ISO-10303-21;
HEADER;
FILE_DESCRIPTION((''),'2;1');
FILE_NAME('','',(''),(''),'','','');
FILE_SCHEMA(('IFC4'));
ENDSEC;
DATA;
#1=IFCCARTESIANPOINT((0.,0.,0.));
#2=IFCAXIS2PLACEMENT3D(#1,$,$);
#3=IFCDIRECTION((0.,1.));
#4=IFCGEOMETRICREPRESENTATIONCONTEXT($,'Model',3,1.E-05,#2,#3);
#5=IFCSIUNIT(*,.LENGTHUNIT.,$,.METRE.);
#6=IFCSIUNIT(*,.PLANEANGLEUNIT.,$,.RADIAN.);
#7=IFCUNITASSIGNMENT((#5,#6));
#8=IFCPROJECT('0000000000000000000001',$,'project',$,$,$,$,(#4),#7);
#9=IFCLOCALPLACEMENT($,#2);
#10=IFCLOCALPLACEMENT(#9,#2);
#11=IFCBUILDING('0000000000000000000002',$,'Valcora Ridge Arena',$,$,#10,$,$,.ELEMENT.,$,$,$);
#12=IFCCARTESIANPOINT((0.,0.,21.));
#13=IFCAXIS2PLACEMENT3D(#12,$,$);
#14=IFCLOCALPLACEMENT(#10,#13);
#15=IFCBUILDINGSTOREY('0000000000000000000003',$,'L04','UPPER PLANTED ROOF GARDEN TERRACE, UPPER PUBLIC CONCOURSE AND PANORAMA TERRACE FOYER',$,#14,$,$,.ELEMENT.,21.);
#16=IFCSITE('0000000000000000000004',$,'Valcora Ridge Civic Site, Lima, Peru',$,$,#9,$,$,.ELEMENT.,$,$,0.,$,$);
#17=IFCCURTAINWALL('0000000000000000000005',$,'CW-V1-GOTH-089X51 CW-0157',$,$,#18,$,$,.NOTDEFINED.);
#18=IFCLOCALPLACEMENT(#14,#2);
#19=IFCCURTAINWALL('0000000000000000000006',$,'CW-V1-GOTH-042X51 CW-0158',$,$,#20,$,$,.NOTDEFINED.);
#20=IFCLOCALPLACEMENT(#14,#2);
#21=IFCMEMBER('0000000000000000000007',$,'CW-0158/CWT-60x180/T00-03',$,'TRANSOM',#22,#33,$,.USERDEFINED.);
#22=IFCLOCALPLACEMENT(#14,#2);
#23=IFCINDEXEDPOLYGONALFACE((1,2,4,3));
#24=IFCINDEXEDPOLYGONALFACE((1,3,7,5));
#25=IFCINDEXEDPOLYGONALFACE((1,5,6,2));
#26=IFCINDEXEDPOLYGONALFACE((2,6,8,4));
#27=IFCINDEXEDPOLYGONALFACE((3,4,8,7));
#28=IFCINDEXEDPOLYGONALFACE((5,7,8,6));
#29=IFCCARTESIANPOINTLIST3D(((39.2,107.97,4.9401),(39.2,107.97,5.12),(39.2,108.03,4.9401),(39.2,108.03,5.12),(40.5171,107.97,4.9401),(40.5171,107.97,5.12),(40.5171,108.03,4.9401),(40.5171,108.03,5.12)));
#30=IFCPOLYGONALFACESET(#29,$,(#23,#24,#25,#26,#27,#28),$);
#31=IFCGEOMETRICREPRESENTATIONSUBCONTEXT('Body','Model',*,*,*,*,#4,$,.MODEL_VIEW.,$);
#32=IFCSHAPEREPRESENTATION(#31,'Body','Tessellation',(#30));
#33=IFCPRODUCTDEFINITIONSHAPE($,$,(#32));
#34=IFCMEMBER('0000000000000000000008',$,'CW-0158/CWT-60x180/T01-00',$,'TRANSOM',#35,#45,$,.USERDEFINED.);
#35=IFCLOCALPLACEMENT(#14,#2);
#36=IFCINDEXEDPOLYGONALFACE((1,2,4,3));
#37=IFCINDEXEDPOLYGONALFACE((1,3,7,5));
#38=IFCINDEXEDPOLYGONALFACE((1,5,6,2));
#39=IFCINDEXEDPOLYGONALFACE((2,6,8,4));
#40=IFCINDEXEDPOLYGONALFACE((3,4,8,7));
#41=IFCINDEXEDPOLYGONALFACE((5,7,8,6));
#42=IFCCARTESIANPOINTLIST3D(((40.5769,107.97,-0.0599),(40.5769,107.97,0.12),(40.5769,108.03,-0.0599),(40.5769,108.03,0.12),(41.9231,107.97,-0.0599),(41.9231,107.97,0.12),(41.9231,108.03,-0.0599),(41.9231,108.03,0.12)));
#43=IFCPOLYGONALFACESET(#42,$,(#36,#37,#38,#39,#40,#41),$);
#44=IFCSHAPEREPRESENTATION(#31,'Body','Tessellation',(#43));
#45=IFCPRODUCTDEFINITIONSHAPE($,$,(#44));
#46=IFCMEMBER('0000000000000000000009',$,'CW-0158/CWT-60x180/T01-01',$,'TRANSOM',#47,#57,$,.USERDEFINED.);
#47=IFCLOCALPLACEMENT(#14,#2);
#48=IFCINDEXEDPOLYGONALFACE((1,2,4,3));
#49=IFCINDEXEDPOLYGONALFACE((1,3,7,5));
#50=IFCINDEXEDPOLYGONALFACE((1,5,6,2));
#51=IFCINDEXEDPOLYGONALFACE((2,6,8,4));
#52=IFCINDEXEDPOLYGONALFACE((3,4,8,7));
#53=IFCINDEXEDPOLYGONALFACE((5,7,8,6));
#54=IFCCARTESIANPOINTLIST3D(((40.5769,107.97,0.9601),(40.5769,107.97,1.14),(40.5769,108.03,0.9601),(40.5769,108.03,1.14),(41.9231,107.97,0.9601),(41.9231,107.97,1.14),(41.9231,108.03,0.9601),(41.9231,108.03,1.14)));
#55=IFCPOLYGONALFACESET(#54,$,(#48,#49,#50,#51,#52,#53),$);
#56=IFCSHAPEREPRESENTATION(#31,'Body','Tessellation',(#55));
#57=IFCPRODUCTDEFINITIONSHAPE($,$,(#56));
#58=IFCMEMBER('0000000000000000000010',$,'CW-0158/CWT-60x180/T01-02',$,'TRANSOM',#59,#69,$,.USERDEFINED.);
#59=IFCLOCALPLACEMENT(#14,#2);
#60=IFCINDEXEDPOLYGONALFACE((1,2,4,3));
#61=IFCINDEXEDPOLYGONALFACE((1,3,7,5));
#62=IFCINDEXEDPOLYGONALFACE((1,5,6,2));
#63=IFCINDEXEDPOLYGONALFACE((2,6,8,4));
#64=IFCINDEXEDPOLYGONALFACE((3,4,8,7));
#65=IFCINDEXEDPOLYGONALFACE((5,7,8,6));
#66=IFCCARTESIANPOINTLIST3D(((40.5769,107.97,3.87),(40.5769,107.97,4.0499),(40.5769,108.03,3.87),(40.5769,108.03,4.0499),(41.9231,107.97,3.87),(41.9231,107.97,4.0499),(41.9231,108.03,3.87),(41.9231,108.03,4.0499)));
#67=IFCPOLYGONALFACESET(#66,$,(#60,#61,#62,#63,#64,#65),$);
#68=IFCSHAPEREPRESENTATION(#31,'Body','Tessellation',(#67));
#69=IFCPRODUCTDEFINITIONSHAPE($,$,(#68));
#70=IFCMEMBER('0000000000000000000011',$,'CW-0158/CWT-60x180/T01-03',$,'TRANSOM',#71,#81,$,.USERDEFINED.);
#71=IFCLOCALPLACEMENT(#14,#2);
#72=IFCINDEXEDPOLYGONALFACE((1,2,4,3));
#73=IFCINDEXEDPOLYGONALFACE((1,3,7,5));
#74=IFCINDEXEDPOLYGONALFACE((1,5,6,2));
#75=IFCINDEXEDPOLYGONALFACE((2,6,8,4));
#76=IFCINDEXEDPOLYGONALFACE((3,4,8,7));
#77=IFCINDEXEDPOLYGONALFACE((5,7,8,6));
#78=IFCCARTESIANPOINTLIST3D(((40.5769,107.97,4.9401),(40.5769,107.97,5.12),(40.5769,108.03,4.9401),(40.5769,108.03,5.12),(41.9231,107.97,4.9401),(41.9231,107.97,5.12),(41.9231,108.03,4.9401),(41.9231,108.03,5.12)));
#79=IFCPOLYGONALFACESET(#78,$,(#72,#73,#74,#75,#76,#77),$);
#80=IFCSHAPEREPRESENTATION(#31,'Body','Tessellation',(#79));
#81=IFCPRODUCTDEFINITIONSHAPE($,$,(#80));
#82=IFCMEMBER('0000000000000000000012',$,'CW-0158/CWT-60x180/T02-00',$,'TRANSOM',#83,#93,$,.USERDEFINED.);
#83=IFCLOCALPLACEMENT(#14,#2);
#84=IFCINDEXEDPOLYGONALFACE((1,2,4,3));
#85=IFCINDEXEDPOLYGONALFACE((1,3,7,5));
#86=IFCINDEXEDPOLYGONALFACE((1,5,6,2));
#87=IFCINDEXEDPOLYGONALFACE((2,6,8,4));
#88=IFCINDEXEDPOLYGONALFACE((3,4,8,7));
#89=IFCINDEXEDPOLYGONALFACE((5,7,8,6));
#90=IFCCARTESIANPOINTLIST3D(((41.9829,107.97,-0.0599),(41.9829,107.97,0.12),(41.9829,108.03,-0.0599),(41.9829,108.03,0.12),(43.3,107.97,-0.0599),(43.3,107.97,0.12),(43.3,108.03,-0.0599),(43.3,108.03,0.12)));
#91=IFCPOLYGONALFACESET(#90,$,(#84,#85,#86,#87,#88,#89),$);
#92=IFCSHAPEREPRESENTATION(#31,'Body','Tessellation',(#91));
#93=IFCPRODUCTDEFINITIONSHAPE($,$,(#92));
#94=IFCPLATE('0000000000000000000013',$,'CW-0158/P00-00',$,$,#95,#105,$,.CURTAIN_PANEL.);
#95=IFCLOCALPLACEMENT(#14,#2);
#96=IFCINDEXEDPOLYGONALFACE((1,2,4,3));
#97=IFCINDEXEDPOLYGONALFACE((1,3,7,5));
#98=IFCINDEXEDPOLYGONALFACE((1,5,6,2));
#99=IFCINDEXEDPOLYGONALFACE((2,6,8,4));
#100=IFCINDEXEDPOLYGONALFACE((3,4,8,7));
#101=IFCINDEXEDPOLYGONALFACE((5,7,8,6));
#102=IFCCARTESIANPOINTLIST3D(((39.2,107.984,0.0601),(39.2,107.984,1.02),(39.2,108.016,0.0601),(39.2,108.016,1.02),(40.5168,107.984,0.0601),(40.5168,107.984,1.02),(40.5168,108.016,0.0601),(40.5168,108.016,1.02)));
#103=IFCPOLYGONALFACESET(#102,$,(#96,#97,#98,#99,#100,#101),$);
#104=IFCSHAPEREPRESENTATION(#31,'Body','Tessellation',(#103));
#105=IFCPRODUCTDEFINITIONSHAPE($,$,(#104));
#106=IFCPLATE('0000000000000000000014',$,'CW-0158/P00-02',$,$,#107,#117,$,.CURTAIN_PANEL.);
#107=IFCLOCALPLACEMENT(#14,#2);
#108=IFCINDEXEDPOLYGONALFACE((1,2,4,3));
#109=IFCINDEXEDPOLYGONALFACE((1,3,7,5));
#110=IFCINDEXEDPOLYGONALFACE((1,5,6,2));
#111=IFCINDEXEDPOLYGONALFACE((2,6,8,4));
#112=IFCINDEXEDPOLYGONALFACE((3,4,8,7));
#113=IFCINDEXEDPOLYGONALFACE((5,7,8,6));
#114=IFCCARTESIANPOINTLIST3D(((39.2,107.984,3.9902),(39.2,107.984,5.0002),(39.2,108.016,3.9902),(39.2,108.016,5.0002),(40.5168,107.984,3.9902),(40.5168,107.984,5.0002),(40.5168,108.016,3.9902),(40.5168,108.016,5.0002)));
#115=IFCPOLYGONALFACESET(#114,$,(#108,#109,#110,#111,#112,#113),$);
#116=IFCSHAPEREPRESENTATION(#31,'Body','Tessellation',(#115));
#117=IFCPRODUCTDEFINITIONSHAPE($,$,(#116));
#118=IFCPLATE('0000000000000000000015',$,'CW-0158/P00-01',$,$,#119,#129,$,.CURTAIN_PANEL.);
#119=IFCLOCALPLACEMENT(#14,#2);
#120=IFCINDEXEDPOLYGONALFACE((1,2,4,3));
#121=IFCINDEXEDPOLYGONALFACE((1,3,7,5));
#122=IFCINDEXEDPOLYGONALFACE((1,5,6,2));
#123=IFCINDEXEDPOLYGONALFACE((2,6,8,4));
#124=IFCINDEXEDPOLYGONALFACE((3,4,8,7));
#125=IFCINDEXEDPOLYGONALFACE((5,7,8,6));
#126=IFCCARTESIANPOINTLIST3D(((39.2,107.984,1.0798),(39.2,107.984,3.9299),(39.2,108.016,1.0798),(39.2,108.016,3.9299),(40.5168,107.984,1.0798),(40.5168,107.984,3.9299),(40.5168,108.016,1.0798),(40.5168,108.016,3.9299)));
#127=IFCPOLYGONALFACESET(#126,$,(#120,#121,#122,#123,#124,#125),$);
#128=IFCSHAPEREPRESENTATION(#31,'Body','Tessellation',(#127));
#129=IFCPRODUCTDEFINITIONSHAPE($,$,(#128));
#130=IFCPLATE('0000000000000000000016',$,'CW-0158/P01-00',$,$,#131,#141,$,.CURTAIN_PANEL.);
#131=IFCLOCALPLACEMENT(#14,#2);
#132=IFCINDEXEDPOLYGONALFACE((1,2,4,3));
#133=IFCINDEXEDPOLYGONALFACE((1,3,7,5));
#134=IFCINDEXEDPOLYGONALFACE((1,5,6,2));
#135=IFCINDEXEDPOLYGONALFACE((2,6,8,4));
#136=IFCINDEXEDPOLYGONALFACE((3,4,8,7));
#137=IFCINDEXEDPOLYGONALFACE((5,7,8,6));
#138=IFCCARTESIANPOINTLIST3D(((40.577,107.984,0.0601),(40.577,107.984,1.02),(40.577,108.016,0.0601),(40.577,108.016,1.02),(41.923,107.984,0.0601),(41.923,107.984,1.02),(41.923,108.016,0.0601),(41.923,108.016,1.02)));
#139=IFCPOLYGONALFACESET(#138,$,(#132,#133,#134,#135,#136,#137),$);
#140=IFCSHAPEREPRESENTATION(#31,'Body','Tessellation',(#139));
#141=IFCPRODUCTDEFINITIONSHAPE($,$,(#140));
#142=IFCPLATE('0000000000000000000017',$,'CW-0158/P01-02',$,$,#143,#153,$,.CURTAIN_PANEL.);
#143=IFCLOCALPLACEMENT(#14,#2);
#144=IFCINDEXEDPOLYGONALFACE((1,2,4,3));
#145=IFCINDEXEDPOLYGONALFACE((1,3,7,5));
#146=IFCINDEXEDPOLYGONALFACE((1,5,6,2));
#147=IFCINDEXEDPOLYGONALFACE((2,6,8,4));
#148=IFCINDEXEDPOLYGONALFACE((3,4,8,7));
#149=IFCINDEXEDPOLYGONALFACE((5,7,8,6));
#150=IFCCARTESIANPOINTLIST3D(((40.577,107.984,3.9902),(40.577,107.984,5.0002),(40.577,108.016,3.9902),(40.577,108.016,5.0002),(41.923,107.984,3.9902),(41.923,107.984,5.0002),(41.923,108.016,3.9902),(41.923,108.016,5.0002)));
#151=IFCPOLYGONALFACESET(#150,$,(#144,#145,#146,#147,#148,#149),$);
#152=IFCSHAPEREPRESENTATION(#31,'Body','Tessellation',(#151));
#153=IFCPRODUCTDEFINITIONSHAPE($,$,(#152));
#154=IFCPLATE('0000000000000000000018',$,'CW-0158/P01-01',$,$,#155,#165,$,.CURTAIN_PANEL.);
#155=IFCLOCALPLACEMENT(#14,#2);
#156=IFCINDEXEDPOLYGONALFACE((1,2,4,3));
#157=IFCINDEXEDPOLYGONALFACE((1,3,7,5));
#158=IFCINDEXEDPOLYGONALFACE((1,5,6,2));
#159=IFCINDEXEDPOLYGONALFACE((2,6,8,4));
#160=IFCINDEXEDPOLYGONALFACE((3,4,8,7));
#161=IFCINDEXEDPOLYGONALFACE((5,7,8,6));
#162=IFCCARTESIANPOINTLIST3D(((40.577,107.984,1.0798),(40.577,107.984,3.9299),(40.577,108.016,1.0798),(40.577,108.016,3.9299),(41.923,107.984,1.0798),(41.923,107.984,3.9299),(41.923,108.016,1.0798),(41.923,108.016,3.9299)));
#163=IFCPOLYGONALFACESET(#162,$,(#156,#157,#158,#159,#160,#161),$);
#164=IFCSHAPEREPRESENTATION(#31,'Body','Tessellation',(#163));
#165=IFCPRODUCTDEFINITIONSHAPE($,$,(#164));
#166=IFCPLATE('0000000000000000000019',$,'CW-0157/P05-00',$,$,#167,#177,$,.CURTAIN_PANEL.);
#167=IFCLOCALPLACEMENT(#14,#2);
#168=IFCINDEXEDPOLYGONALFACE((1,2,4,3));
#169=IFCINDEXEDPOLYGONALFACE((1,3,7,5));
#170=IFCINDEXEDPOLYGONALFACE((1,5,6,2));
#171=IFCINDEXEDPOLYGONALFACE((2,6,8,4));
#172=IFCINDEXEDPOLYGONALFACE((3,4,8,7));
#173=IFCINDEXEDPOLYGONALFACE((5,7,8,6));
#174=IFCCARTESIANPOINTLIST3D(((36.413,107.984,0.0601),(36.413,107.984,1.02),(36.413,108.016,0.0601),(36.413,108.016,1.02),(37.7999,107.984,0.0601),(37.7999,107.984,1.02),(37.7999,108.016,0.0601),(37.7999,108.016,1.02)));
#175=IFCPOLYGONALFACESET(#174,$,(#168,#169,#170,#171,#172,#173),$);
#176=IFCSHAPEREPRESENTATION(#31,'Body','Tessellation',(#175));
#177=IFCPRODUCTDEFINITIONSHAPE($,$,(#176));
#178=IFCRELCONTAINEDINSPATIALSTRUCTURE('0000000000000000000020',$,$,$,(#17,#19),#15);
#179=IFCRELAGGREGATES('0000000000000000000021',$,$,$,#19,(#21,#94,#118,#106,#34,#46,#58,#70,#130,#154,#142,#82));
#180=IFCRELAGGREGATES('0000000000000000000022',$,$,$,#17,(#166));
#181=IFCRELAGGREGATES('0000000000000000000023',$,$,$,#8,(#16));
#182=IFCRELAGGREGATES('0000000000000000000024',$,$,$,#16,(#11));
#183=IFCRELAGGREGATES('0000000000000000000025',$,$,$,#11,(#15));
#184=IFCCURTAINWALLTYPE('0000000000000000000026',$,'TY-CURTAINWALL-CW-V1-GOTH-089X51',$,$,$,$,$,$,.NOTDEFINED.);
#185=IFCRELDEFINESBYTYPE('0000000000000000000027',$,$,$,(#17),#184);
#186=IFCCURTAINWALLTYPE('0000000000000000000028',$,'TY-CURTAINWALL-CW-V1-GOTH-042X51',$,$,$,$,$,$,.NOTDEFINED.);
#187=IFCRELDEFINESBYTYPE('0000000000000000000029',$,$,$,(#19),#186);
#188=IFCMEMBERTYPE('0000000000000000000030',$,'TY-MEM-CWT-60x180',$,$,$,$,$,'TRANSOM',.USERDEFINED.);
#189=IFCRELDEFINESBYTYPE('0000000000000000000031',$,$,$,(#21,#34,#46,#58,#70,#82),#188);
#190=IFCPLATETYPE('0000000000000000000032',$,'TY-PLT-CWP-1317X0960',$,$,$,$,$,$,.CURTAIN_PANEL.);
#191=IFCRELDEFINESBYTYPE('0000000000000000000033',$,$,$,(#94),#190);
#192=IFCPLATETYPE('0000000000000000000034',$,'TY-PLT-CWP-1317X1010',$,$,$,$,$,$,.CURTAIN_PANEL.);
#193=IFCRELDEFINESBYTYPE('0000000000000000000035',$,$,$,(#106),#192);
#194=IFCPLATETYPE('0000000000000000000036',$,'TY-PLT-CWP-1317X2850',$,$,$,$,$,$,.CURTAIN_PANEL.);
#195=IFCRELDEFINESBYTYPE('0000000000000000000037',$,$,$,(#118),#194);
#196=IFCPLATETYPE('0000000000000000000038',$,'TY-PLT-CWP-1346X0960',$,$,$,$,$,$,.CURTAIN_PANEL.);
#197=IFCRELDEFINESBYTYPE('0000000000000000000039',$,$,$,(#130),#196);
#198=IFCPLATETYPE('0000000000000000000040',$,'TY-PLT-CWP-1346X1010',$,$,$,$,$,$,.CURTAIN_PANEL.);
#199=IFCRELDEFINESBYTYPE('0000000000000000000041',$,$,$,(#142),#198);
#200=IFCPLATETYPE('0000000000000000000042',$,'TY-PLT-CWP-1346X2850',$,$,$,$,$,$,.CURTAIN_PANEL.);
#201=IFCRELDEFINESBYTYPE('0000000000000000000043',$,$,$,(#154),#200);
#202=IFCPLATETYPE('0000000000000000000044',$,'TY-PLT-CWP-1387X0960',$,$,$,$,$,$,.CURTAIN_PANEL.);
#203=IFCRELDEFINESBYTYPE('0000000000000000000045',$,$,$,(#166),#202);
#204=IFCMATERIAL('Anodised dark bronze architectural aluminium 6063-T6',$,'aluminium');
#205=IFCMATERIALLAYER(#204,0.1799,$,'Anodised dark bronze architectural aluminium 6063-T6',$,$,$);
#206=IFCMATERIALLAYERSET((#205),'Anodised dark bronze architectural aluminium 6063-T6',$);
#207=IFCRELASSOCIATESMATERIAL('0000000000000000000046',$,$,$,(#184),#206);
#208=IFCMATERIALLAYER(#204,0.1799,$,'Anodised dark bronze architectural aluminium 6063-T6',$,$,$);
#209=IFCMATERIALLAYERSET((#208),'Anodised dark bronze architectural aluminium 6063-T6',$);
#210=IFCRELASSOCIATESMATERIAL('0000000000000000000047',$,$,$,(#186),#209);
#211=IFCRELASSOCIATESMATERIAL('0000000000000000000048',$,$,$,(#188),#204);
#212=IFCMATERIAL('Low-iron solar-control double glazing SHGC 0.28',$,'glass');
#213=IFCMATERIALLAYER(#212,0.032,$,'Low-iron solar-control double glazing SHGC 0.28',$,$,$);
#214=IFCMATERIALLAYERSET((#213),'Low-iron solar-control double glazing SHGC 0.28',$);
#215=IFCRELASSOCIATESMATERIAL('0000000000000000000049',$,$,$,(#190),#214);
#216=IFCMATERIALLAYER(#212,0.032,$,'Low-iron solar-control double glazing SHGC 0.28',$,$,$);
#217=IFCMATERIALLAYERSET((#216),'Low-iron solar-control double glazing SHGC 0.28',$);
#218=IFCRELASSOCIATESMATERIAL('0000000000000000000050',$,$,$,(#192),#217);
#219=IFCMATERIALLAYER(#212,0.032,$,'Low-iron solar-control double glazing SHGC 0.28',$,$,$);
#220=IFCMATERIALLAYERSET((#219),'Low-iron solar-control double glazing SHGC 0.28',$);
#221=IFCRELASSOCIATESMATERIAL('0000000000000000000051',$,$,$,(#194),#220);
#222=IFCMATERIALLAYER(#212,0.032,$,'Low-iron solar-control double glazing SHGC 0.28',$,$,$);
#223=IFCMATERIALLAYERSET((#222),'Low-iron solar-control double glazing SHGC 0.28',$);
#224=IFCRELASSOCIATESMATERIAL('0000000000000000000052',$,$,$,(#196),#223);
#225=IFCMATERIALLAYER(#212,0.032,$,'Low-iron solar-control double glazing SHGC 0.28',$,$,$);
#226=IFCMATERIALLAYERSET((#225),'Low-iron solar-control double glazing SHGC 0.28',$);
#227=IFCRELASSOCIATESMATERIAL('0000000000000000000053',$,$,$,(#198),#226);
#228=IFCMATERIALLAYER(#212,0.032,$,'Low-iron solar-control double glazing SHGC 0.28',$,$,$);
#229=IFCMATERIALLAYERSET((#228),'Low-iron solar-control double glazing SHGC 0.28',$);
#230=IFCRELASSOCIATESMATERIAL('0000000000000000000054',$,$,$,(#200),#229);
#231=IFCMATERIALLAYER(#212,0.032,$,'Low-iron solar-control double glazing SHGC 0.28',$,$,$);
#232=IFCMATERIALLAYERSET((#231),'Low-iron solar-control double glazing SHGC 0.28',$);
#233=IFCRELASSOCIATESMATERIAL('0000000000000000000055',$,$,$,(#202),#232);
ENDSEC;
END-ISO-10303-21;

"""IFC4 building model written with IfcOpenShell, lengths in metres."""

from ifc_helpers import new_model, si_unit, direction, frame, origin, origin_2d, place, context, subcontext, project, spatial, rectangle, extrude, material, layer, layer_set, material_profile, profile_set, type_object, element, aggregate, save


model = new_model("IFC4")

# Units and contexts
model_context = context("Model", 3, precision=1e-05, world=origin(), true_north=direction((0.0, 1.0)))
body_context = subcontext(model_context, "Body", "Model", "MODEL_VIEW")
ifc_project = project(units=[si_unit("LENGTHUNIT", "METRE"), si_unit("PLANEANGLEUNIT", "RADIAN")], contexts=[model_context])

# Site, building, storey
site_placement = place(None, origin())
site = spatial("IfcSite", under=ifc_project, at=site_placement, Name="Valcora Ridge Civic Site, Lima, Peru", CompositionType="ELEMENT", RefElevation=0.0)
building_placement = place(site_placement, origin())
building = spatial("IfcBuilding", under=site, at=building_placement, Name="Valcora Ridge Arena", CompositionType="ELEMENT")
storey_placement = place(building_placement, frame((0.0, 0.0, 21.0)))
storey = spatial("IfcBuildingStorey", under=building, at=storey_placement, Name="L04", Description="UPPER PLANTED ROOF GARDEN TERRACE, UPPER PUBLIC CONCOURSE AND PANORAMA TERRACE FOYER", CompositionType="ELEMENT", Elevation=21.0)

# Curtain walls
ifc_material_1 = material(Name="Anodised dark bronze architectural aluminium 6063-T6", Category="aluminium")
ifc_layer_1 = layer(ifc_material_1, 0.1799, Name="Anodised dark bronze architectural aluminium 6063-T6")
ifc_layer_set_1 = layer_set([ifc_layer_1], Name="Anodised dark bronze architectural aluminium 6063-T6")
curtain_wall_type_1 = type_object("IfcCurtainWallType", Name="TY-CURTAINWALL-CW-V1-GOTH-089X51", PredefinedType="NOTDEFINED", material=ifc_layer_set_1)
curtain_wall_1_placement = place(storey_placement, origin())
curtain_wall_1 = element("IfcCurtainWall", 1, at=curtain_wall_1_placement, inside=storey, type_object=curtain_wall_type_1, Name="CW-V1-GOTH-089X51 CW-0157", PredefinedType="NOTDEFINED")
ifc_layer_2 = layer(ifc_material_1, 0.1799, Name="Anodised dark bronze architectural aluminium 6063-T6")
ifc_layer_set_2 = layer_set([ifc_layer_2], Name="Anodised dark bronze architectural aluminium 6063-T6")
curtain_wall_type_2 = type_object("IfcCurtainWallType", Name="TY-CURTAINWALL-CW-V1-GOTH-042X51", PredefinedType="NOTDEFINED", material=ifc_layer_set_2)
curtain_wall_2_placement = place(storey_placement, origin())
curtain_wall_2 = element("IfcCurtainWall", 2, at=curtain_wall_2_placement, inside=storey, type_object=curtain_wall_type_2, Name="CW-V1-GOTH-042X51 CW-0158", PredefinedType="NOTDEFINED")

# Members
ifc_material_profile_1 = material_profile(ifc_material_1, rectangle(XDim=0.0601, YDim=0.1799, at=origin_2d()), Name="ALU TRANSOM 60x180")
ifc_profile_set_1 = profile_set([ifc_material_profile_1], Name="Anodised dark bronze architectural aluminium 6063-T6")
member_type_1 = type_object("IfcMemberType", Name="TY-MEM-CWT-60x180", ElementType="TRANSOM", PredefinedType="USERDEFINED", material=ifc_profile_set_1)
member_1_placement = place(storey_placement, frame((39.2, 108.0, 5.03), z_axis=(1.0, 0.0, 0.0), x_axis=(0.0, 1.0, 0.0)))
member_1 = element("IfcMember", 3, at=member_1_placement, type_object=member_type_1, Name="CW-0158/CWT-60x180/T00-03", ObjectType="TRANSOM", PredefinedType="USERDEFINED", context=body_context, shape_type="SweptSolid", body=[
    extrude(rectangle(XDim=0.0601, YDim=0.1799, at=origin_2d()), origin(), (0.0, 0.0, 1.0), 1.3171),
])
member_2_placement = place(storey_placement, frame((40.5769, 108.0, 0.03), z_axis=(1.0, 0.0, 0.0), x_axis=(0.0, 1.0, 0.0)))
member_2 = element("IfcMember", 4, at=member_2_placement, type_object=member_type_1, Name="CW-0158/CWT-60x180/T01-00", ObjectType="TRANSOM", PredefinedType="USERDEFINED", context=body_context, shape_type="SweptSolid", body=[
    extrude(rectangle(XDim=0.0601, YDim=0.1799, at=origin_2d()), origin(), (0.0, 0.0, 1.0), 1.3462),
])
member_3_placement = place(storey_placement, frame((40.5769, 108.0, 1.05), z_axis=(1.0, 0.0, 0.0), x_axis=(0.0, 1.0, 0.0)))
member_3 = element("IfcMember", 5, at=member_3_placement, type_object=member_type_1, Name="CW-0158/CWT-60x180/T01-01", ObjectType="TRANSOM", PredefinedType="USERDEFINED", context=body_context, shape_type="SweptSolid", body=[
    extrude(rectangle(XDim=0.0601, YDim=0.1799, at=origin_2d()), origin(), (0.0, 0.0, 1.0), 1.3462),
])
member_4_placement = place(storey_placement, frame((40.5769, 108.0, 3.96), z_axis=(1.0, 0.0, 0.0), x_axis=(0.0, 1.0, 0.0)))
member_4 = element("IfcMember", 6, at=member_4_placement, type_object=member_type_1, Name="CW-0158/CWT-60x180/T01-02", ObjectType="TRANSOM", PredefinedType="USERDEFINED", context=body_context, shape_type="SweptSolid", body=[
    extrude(rectangle(XDim=0.0601, YDim=0.1799, at=origin_2d()), origin(), (0.0, 0.0, 1.0), 1.3462),
])
member_5_placement = place(storey_placement, frame((40.5769, 108.0, 5.03), z_axis=(1.0, 0.0, 0.0), x_axis=(0.0, 1.0, 0.0)))
member_5 = element("IfcMember", 7, at=member_5_placement, type_object=member_type_1, Name="CW-0158/CWT-60x180/T01-03", ObjectType="TRANSOM", PredefinedType="USERDEFINED", context=body_context, shape_type="SweptSolid", body=[
    extrude(rectangle(XDim=0.0601, YDim=0.1799, at=origin_2d()), origin(), (0.0, 0.0, 1.0), 1.3462),
])
member_6_placement = place(storey_placement, frame((41.9829, 108.0, 0.03), z_axis=(1.0, 0.0, 0.0), x_axis=(0.0, 1.0, 0.0)))
member_6 = element("IfcMember", 8, at=member_6_placement, type_object=member_type_1, Name="CW-0158/CWT-60x180/T02-00", ObjectType="TRANSOM", PredefinedType="USERDEFINED", context=body_context, shape_type="SweptSolid", body=[
    extrude(rectangle(XDim=0.0601, YDim=0.1799, at=origin_2d()), origin(), (0.0, 0.0, 1.0), 1.3171),
])

# Plates
ifc_material_2 = material(Name="Low-iron solar-control double glazing SHGC 0.28", Category="glass")
ifc_layer_3 = layer(ifc_material_2, 0.032, Name="Low-iron solar-control double glazing SHGC 0.28")
ifc_layer_set_3 = layer_set([ifc_layer_3], Name="Low-iron solar-control double glazing SHGC 0.28")
plate_type_1 = type_object("IfcPlateType", Name="TY-PLT-CWP-1317X0960", PredefinedType="CURTAIN_PANEL", material=ifc_layer_set_3)
plate_1_placement = place(storey_placement, frame((39.8584, 108.0, 0.0601), z_axis=(0.0, 0.0, 1.0), x_axis=(1.0, 0.0, 0.0)))
plate_1 = element("IfcPlate", 9, at=plate_1_placement, type_object=plate_type_1, Name="CW-0158/P00-00", PredefinedType="CURTAIN_PANEL", context=body_context, shape_type="SweptSolid", body=[
    extrude(rectangle(XDim=1.3169, YDim=0.032, at=origin_2d()), origin(), (0.0, 0.0, 1.0), 0.96),
])
ifc_layer_4 = layer(ifc_material_2, 0.032, Name="Low-iron solar-control double glazing SHGC 0.28")
ifc_layer_set_4 = layer_set([ifc_layer_4], Name="Low-iron solar-control double glazing SHGC 0.28")
plate_type_2 = type_object("IfcPlateType", Name="TY-PLT-CWP-1317X1010", PredefinedType="CURTAIN_PANEL", material=ifc_layer_set_4)
plate_2_placement = place(storey_placement, frame((39.8584, 108.0, 3.9902), z_axis=(0.0, 0.0, 1.0), x_axis=(1.0, 0.0, 0.0)))
plate_2 = element("IfcPlate", 10, at=plate_2_placement, type_object=plate_type_2, Name="CW-0158/P00-02", PredefinedType="CURTAIN_PANEL", context=body_context, shape_type="SweptSolid", body=[
    extrude(rectangle(XDim=1.3169, YDim=0.032, at=origin_2d()), origin(), (0.0, 0.0, 1.0), 1.01),
])
ifc_layer_5 = layer(ifc_material_2, 0.032, Name="Low-iron solar-control double glazing SHGC 0.28")
ifc_layer_set_5 = layer_set([ifc_layer_5], Name="Low-iron solar-control double glazing SHGC 0.28")
plate_type_3 = type_object("IfcPlateType", Name="TY-PLT-CWP-1317X2850", PredefinedType="CURTAIN_PANEL", material=ifc_layer_set_5)
plate_3_placement = place(storey_placement, frame((39.8584, 108.0, 1.0798), z_axis=(0.0, 0.0, 1.0), x_axis=(1.0, 0.0, 0.0)))
plate_3 = element("IfcPlate", 11, at=plate_3_placement, type_object=plate_type_3, Name="CW-0158/P00-01", PredefinedType="CURTAIN_PANEL", context=body_context, shape_type="SweptSolid", body=[
    extrude(rectangle(XDim=1.3169, YDim=0.032, at=origin_2d()), origin(), (0.0, 0.0, 1.0), 2.8501),
])
ifc_layer_6 = layer(ifc_material_2, 0.032, Name="Low-iron solar-control double glazing SHGC 0.28")
ifc_layer_set_6 = layer_set([ifc_layer_6], Name="Low-iron solar-control double glazing SHGC 0.28")
plate_type_4 = type_object("IfcPlateType", Name="TY-PLT-CWP-1346X0960", PredefinedType="CURTAIN_PANEL", material=ifc_layer_set_6)
plate_4_placement = place(storey_placement, frame((41.25, 108.0, 0.0601), z_axis=(0.0, 0.0, 1.0), x_axis=(1.0, 0.0, 0.0)))
plate_4 = element("IfcPlate", 12, at=plate_4_placement, type_object=plate_type_4, Name="CW-0158/P01-00", PredefinedType="CURTAIN_PANEL", context=body_context, shape_type="SweptSolid", body=[
    extrude(rectangle(XDim=1.3459, YDim=0.032, at=origin_2d()), origin(), (0.0, 0.0, 1.0), 0.96),
])
ifc_layer_7 = layer(ifc_material_2, 0.032, Name="Low-iron solar-control double glazing SHGC 0.28")
ifc_layer_set_7 = layer_set([ifc_layer_7], Name="Low-iron solar-control double glazing SHGC 0.28")
plate_type_5 = type_object("IfcPlateType", Name="TY-PLT-CWP-1346X1010", PredefinedType="CURTAIN_PANEL", material=ifc_layer_set_7)
plate_5_placement = place(storey_placement, frame((41.25, 108.0, 3.9902), z_axis=(0.0, 0.0, 1.0), x_axis=(1.0, 0.0, 0.0)))
plate_5 = element("IfcPlate", 13, at=plate_5_placement, type_object=plate_type_5, Name="CW-0158/P01-02", PredefinedType="CURTAIN_PANEL", context=body_context, shape_type="SweptSolid", body=[
    extrude(rectangle(XDim=1.3459, YDim=0.032, at=origin_2d()), origin(), (0.0, 0.0, 1.0), 1.01),
])
ifc_layer_8 = layer(ifc_material_2, 0.032, Name="Low-iron solar-control double glazing SHGC 0.28")
ifc_layer_set_8 = layer_set([ifc_layer_8], Name="Low-iron solar-control double glazing SHGC 0.28")
plate_type_6 = type_object("IfcPlateType", Name="TY-PLT-CWP-1346X2850", PredefinedType="CURTAIN_PANEL", material=ifc_layer_set_8)
plate_6_placement = place(storey_placement, frame((41.25, 108.0, 1.0798), z_axis=(0.0, 0.0, 1.0), x_axis=(1.0, 0.0, 0.0)))
plate_6 = element("IfcPlate", 14, at=plate_6_placement, type_object=plate_type_6, Name="CW-0158/P01-01", PredefinedType="CURTAIN_PANEL", context=body_context, shape_type="SweptSolid", body=[
    extrude(rectangle(XDim=1.3459, YDim=0.032, at=origin_2d()), origin(), (0.0, 0.0, 1.0), 2.8501),
])
aggregate(curtain_wall_2, [member_1, plate_1, plate_3, plate_2, member_2, member_3, member_4, member_5, plate_4, plate_6, plate_5, member_6])
ifc_layer_9 = layer(ifc_material_2, 0.032, Name="Low-iron solar-control double glazing SHGC 0.28")
ifc_layer_set_9 = layer_set([ifc_layer_9], Name="Low-iron solar-control double glazing SHGC 0.28")
plate_type_7 = type_object("IfcPlateType", Name="TY-PLT-CWP-1387X0960", PredefinedType="CURTAIN_PANEL", material=ifc_layer_set_9)
plate_7_placement = place(storey_placement, frame((37.1064, 108.0, 0.0601), z_axis=(0.0, 0.0, 1.0), x_axis=(1.0, 0.0, 0.0)))
plate_7 = element("IfcPlate", 15, at=plate_7_placement, type_object=plate_type_7, Name="CW-0157/P05-00", PredefinedType="CURTAIN_PANEL", context=body_context, shape_type="SweptSolid", body=[
    extrude(rectangle(XDim=1.387, YDim=0.032, at=origin_2d()), origin(), (0.0, 0.0, 1.0), 0.96),
])
aggregate(curtain_wall_1, [plate_7])

save(model, "model.ifc")
